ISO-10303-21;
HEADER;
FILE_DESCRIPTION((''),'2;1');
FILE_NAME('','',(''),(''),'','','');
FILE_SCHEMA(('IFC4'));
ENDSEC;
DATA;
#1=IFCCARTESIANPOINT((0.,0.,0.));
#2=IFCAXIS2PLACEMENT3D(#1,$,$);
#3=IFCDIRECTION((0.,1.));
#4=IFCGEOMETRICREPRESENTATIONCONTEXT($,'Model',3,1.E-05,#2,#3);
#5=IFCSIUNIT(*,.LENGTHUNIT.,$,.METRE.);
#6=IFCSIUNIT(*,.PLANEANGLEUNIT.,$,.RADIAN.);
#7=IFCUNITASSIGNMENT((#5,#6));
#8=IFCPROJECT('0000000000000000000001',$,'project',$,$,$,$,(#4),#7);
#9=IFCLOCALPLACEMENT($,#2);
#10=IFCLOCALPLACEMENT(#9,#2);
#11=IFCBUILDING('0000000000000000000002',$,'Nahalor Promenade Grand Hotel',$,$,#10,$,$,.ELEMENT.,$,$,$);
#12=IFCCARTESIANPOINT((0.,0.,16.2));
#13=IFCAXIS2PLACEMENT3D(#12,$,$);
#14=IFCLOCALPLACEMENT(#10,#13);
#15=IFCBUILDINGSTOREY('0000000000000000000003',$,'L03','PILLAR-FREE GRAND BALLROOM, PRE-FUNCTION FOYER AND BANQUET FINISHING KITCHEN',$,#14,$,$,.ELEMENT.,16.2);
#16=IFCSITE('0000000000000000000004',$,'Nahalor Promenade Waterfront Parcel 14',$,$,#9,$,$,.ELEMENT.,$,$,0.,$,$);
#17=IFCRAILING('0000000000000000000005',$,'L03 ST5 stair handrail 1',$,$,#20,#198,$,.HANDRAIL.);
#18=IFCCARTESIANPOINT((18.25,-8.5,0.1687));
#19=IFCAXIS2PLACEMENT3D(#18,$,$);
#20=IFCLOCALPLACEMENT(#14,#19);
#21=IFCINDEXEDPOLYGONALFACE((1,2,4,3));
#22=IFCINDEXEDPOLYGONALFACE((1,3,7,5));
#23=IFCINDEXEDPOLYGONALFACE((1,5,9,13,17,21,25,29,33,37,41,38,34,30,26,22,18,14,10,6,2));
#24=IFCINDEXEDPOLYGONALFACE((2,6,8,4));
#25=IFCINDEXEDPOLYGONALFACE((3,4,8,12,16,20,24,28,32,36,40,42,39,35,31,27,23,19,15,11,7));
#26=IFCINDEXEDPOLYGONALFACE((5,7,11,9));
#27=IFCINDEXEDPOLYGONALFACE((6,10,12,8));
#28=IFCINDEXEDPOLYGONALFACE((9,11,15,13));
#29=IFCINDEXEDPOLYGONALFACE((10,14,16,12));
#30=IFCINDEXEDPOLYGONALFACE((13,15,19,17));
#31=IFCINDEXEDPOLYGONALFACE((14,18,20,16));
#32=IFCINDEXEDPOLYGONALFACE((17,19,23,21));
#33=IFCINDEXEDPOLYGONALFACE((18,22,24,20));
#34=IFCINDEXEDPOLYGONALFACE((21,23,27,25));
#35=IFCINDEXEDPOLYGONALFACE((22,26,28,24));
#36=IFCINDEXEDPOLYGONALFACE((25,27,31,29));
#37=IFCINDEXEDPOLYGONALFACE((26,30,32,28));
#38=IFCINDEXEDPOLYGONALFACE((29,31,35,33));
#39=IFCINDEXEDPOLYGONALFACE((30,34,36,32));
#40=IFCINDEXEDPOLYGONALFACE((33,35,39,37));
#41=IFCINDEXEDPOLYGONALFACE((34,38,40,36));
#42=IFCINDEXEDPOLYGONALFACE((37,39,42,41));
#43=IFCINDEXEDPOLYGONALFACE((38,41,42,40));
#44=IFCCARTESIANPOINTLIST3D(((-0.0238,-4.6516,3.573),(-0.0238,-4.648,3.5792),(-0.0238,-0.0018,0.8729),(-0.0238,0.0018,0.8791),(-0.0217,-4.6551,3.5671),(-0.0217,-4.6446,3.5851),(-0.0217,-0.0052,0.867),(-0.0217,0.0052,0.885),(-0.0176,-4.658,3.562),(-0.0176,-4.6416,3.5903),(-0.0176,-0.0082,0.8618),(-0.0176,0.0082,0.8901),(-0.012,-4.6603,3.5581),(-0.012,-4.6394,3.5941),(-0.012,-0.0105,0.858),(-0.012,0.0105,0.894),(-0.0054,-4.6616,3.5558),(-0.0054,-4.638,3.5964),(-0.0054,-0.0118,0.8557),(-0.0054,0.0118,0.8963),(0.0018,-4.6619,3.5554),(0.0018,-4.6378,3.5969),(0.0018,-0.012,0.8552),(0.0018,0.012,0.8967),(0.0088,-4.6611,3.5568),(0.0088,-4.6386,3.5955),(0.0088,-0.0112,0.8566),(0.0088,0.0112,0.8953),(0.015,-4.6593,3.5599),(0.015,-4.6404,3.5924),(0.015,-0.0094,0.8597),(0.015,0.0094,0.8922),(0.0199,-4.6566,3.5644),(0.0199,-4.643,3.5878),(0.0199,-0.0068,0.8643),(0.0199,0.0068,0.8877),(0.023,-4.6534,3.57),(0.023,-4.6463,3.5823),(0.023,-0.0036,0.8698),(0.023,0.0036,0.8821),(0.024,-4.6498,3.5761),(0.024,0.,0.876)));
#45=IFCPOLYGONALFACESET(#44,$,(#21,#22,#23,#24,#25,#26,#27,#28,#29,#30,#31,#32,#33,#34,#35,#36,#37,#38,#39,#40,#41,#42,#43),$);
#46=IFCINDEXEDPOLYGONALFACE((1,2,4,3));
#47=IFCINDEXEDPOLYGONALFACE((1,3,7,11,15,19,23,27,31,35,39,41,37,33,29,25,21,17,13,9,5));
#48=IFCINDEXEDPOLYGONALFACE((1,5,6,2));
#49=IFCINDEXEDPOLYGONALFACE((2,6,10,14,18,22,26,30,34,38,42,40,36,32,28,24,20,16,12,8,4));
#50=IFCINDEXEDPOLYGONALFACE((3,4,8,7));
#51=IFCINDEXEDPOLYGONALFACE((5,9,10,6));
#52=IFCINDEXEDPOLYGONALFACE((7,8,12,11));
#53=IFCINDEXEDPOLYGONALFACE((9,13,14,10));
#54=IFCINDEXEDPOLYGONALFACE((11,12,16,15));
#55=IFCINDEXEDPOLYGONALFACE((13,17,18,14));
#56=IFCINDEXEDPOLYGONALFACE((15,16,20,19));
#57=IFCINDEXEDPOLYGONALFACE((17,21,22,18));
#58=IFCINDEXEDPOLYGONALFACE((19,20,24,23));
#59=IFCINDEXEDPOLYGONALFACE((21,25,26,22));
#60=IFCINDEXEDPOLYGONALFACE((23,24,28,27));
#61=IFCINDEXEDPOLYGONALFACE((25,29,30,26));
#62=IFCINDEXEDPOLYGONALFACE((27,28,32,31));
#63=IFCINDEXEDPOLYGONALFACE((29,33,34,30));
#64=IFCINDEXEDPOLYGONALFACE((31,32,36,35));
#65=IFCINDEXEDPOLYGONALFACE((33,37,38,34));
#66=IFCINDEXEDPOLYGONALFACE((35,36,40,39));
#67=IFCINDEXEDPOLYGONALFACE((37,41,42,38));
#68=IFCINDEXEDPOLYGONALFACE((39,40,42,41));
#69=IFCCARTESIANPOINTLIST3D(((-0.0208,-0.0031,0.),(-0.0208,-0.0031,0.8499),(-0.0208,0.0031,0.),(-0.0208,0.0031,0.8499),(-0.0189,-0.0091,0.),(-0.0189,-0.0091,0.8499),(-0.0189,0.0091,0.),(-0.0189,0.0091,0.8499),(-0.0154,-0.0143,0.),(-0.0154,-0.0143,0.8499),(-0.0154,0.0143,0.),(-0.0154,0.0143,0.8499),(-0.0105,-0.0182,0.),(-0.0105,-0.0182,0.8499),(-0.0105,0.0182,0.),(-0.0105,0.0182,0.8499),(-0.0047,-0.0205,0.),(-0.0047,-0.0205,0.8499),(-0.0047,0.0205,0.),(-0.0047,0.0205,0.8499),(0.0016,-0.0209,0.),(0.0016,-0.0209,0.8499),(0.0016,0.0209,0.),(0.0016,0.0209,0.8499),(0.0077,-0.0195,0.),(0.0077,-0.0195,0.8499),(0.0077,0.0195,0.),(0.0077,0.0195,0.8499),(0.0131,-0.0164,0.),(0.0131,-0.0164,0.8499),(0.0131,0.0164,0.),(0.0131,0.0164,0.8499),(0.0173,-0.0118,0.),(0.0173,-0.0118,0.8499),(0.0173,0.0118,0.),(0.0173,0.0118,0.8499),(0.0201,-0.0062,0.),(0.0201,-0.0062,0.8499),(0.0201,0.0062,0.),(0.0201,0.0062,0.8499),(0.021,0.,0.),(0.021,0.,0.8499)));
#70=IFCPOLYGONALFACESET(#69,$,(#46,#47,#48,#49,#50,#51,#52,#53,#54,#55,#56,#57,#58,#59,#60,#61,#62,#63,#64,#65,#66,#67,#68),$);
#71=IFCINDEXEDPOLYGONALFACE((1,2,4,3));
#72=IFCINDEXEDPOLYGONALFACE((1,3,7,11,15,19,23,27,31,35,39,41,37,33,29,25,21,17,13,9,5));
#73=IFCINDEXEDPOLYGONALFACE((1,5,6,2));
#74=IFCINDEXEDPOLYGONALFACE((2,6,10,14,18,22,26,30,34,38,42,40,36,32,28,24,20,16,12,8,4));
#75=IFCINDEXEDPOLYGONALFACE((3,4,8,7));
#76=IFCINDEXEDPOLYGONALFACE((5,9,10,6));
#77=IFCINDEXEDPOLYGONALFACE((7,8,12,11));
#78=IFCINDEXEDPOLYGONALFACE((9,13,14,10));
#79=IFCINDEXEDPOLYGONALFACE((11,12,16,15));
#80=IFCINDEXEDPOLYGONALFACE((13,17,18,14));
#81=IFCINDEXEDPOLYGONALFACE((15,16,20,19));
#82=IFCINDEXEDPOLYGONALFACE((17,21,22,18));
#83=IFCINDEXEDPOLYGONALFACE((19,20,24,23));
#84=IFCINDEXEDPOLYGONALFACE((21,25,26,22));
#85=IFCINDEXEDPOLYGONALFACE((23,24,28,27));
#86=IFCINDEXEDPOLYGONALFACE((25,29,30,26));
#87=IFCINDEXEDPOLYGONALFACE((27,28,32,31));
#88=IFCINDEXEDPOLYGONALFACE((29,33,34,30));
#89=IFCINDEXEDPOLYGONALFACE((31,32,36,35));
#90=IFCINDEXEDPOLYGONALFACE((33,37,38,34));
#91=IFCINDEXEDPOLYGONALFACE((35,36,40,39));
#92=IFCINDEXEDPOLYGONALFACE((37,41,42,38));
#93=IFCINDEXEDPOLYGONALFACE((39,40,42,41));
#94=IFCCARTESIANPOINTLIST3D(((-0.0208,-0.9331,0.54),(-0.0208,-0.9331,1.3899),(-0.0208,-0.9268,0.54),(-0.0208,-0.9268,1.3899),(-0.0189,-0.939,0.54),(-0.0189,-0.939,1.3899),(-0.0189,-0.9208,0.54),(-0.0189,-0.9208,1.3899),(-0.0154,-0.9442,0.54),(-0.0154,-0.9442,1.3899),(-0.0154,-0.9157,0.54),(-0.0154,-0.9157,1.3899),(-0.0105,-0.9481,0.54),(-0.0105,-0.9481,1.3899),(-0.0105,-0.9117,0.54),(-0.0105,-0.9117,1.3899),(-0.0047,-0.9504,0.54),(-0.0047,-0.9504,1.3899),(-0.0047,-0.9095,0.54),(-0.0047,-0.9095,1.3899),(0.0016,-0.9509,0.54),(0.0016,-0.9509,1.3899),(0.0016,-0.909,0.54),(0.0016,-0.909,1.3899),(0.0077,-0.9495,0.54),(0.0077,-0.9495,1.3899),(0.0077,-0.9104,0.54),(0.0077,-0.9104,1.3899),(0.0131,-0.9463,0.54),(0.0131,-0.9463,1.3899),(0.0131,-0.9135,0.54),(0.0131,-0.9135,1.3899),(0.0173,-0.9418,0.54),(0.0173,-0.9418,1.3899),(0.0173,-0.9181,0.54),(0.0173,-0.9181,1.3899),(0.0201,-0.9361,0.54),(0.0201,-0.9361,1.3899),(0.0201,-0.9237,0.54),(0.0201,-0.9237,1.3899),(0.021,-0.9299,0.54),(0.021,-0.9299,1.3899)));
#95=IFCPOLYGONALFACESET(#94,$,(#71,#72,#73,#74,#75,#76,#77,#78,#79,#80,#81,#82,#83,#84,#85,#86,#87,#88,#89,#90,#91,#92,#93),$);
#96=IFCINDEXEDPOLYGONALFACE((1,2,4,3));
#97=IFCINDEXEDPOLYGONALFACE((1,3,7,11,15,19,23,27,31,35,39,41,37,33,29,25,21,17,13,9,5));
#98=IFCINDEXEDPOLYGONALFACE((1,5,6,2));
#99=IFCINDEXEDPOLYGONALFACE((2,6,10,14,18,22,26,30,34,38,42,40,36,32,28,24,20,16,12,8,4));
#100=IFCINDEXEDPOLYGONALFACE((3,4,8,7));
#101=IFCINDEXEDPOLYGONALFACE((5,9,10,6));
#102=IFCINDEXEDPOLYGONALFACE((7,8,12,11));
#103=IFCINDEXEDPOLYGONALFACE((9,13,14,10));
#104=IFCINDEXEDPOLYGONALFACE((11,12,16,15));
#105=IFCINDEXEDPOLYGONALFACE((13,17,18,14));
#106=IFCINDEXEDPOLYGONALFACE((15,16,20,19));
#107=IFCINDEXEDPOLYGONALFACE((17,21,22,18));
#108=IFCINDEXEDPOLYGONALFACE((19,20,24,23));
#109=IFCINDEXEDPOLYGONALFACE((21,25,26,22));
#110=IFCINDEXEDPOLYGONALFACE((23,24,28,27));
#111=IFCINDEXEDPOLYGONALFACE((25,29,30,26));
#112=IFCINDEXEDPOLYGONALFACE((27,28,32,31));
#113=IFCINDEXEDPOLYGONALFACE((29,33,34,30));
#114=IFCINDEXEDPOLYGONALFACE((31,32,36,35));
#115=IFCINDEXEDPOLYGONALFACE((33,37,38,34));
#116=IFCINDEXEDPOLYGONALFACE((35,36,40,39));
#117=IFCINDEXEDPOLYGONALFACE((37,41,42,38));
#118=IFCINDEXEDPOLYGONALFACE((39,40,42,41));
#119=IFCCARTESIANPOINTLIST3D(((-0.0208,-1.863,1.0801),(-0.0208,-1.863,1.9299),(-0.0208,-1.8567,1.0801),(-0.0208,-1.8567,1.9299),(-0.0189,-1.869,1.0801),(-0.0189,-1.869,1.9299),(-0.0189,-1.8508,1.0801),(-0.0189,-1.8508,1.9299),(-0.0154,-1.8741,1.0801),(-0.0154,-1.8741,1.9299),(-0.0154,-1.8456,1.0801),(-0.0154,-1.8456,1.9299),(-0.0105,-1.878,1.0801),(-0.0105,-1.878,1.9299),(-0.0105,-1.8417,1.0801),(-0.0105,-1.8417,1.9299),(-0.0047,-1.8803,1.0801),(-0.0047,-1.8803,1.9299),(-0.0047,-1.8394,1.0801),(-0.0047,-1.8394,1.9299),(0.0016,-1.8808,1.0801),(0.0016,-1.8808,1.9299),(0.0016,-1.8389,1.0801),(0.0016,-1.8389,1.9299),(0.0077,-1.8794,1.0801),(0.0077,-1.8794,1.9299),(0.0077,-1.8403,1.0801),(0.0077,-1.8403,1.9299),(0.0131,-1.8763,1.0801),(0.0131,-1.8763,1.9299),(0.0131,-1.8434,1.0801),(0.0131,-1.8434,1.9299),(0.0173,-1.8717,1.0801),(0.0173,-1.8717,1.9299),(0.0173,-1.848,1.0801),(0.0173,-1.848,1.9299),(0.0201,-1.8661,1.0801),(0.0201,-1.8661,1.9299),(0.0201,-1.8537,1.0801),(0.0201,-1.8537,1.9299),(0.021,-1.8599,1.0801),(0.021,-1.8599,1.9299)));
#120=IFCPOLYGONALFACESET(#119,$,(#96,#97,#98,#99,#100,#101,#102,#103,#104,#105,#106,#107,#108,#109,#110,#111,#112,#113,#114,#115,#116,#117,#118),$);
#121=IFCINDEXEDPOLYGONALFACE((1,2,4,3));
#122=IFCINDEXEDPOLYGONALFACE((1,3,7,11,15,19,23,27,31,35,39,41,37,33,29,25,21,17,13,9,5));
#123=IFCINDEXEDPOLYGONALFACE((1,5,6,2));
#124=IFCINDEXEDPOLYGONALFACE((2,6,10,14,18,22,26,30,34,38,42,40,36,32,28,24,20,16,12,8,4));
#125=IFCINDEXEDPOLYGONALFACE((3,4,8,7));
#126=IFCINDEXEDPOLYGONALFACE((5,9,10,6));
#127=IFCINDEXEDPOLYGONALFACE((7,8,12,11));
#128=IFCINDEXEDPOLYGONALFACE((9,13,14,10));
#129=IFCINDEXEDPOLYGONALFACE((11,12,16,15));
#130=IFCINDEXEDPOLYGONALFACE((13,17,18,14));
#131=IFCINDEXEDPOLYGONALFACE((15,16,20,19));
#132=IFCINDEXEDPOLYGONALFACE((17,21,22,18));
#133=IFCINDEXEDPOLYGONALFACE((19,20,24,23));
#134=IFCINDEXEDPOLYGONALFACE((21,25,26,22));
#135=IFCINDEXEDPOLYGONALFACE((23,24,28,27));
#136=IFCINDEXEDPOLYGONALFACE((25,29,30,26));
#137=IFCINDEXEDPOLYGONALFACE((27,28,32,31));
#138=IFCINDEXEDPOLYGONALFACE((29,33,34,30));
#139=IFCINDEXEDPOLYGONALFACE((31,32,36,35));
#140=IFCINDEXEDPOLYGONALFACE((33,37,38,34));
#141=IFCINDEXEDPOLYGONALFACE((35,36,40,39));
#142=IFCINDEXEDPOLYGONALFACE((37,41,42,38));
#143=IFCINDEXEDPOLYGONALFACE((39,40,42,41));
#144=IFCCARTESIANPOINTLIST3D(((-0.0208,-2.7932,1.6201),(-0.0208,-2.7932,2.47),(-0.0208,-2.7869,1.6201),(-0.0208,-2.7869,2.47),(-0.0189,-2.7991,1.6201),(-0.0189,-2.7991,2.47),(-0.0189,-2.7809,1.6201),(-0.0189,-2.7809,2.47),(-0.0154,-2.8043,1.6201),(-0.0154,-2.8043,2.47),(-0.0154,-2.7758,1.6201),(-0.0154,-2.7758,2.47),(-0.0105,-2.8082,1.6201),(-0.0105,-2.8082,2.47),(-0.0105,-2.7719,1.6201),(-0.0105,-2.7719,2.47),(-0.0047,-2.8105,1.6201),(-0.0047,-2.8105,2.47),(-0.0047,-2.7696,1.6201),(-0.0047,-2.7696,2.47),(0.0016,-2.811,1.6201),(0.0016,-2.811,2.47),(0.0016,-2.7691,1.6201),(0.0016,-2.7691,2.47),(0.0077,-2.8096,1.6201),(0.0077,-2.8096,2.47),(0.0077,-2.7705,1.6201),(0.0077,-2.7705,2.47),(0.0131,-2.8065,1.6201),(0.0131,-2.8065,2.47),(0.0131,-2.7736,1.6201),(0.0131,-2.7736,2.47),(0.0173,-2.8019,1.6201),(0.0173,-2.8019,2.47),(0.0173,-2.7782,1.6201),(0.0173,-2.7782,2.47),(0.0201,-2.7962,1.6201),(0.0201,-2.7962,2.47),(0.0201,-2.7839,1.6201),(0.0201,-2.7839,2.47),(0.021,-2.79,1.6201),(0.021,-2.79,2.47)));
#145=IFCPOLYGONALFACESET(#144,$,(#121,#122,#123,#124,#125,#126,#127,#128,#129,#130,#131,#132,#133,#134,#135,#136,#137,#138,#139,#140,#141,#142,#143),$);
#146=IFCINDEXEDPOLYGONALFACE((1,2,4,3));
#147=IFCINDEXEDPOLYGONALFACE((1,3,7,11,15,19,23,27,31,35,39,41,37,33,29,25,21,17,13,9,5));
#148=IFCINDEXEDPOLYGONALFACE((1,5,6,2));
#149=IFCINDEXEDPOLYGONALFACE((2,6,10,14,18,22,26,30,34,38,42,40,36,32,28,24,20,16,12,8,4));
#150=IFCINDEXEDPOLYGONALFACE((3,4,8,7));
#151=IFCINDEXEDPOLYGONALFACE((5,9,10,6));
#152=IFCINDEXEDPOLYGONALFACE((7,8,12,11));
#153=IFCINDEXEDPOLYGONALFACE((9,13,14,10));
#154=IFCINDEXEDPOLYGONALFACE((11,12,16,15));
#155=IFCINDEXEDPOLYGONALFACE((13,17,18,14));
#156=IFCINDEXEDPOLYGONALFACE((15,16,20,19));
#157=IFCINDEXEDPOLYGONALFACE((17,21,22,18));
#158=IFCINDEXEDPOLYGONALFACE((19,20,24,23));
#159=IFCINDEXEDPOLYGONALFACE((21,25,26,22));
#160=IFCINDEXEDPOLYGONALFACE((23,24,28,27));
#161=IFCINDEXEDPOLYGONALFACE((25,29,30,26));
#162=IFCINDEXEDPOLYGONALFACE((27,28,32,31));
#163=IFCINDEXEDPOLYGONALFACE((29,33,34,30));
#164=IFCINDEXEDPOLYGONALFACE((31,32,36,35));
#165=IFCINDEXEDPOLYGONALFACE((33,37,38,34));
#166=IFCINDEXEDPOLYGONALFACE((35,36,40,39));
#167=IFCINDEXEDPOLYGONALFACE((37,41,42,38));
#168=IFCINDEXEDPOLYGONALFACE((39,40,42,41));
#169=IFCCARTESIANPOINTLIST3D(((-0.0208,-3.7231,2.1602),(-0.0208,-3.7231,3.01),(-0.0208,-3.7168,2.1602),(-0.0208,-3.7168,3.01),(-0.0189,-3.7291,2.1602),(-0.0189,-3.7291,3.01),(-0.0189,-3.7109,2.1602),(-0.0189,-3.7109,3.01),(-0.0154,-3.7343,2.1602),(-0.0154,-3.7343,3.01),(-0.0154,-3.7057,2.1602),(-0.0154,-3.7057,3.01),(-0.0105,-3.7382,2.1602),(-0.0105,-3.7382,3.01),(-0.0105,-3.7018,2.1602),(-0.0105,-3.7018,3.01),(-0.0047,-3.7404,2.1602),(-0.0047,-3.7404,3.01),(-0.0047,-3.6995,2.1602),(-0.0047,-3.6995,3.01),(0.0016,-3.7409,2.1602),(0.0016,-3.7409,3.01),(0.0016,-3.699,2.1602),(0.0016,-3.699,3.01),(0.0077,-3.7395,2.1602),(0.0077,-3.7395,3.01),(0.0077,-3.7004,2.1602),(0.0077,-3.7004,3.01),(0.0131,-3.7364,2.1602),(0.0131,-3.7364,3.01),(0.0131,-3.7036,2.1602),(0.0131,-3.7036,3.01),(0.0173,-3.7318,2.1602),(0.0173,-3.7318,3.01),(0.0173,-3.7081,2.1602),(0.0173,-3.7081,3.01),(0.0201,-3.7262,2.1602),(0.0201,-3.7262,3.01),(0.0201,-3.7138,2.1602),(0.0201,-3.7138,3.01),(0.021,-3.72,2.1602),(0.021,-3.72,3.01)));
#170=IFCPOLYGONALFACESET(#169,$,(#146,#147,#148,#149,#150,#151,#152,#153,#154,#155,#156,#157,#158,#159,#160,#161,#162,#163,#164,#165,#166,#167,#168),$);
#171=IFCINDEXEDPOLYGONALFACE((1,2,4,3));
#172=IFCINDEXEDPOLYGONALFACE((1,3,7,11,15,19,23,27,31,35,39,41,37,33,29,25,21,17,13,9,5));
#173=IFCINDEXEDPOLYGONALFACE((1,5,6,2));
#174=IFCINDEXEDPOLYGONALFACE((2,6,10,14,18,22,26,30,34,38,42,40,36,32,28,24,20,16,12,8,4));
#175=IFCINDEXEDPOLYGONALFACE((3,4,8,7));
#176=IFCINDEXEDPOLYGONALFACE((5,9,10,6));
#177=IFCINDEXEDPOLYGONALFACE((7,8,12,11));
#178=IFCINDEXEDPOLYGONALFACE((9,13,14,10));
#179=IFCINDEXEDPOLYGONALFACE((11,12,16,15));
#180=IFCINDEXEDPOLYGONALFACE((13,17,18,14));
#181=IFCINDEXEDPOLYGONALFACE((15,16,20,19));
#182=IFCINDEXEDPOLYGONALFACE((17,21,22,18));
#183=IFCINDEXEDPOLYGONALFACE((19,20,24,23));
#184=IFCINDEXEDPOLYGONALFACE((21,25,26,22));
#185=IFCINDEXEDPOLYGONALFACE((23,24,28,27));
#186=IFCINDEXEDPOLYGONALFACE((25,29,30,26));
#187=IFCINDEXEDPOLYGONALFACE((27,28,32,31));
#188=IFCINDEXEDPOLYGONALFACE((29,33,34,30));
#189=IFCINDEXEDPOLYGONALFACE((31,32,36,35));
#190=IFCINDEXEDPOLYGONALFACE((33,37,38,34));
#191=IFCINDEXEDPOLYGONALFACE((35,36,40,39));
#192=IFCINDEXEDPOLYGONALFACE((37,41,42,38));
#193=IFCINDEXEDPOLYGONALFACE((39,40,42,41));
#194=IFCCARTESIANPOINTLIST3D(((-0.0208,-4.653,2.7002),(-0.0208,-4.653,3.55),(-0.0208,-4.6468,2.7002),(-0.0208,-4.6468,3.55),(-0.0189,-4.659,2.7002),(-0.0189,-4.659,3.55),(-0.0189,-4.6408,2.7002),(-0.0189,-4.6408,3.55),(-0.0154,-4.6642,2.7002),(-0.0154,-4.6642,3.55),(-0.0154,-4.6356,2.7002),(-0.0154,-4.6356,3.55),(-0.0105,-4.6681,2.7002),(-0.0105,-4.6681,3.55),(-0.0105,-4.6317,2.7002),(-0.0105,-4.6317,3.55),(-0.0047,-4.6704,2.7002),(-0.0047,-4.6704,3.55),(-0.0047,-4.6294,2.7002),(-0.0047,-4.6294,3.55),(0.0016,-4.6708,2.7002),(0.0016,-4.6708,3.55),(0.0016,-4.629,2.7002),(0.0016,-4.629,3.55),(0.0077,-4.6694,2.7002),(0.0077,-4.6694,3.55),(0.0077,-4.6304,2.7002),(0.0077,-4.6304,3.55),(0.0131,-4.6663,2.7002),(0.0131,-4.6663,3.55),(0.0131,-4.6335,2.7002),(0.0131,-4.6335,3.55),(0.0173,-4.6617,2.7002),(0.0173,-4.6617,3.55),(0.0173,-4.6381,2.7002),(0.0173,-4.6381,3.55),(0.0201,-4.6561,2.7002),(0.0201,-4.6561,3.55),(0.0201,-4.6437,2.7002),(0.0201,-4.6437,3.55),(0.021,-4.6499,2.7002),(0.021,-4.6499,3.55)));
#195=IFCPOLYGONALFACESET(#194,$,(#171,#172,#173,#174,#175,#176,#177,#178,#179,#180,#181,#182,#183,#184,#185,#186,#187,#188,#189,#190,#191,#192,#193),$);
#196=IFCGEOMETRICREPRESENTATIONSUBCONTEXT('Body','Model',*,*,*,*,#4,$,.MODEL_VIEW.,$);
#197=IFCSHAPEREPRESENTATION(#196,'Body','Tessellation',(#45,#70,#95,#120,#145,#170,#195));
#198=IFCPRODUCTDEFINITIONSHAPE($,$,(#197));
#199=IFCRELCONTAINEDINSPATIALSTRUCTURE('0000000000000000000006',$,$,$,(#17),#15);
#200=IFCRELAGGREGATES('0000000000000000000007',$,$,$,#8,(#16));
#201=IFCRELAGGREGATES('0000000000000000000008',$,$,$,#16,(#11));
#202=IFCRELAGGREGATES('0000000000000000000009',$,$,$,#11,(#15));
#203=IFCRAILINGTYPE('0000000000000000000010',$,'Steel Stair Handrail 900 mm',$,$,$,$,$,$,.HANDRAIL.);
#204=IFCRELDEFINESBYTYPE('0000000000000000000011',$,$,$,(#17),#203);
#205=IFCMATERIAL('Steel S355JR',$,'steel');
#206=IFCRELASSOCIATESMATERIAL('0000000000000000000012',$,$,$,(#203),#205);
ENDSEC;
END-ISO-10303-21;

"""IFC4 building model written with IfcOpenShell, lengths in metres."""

from ifc_helpers import new_model, si_unit, direction, frame, origin, origin_2d, place, context, subcontext, project, spatial, circle, extrude, material, type_object, element, save


model = new_model("IFC4")

# Units and contexts
model_context = context("Model", 3, precision=1e-05, world=origin(), true_north=direction((0.0, 1.0)))
body_context = subcontext(model_context, "Body", "Model", "MODEL_VIEW")
ifc_project = project(units=[si_unit("LENGTHUNIT", "METRE"), si_unit("PLANEANGLEUNIT", "RADIAN")], contexts=[model_context])

# Site, building, storey
site_placement = place(None, origin())
site = spatial("IfcSite", under=ifc_project, at=site_placement, Name="Nahalor Promenade Waterfront Parcel 14", CompositionType="ELEMENT", RefElevation=0.0)
building_placement = place(site_placement, origin())
building = spatial("IfcBuilding", under=site, at=building_placement, Name="Nahalor Promenade Grand Hotel", CompositionType="ELEMENT")
storey_placement = place(building_placement, frame((0.0, 0.0, 16.2)))
storey = spatial("IfcBuildingStorey", under=building, at=storey_placement, Name="L03", Description="PILLAR-FREE GRAND BALLROOM, PRE-FUNCTION FOYER AND BANQUET FINISHING KITCHEN", CompositionType="ELEMENT", Elevation=16.2)

# Shared definitions
ifc_material_1 = material(Name="Steel S355JR", Category="steel")

# Railing
railing_type_1 = type_object("IfcRailingType", Name="Steel Stair Handrail 900 mm", PredefinedType="HANDRAIL", material=ifc_material_1)
railing_1_placement = place(storey_placement, frame((18.25, -8.5, 0.1687)))
element("IfcRailing", 1, at=railing_1_placement, inside=storey, type_object=railing_type_1, Name="L03 ST5 stair handrail 1", PredefinedType="HANDRAIL", context=body_context, shape_type="SweptSolid", body=[
    extrude(circle(Radius=0.024, at=origin_2d()), frame((0.0, 0.0, 0.876), z_axis=(0.0, -0.864769, 0.502171), x_axis=(1.0, 0.0, 0.0)), (0.0, 0.0, 1.0), 5.377),
    extrude(circle(Radius=0.021, at=origin_2d()), origin(), (0.0, 0.0, 1.0), 0.8499),
    extrude(circle(Radius=0.021, at=origin_2d()), frame((0.0, -0.9299, 0.54)), (0.0, 0.0, 1.0), 0.8499),
    extrude(circle(Radius=0.021, at=origin_2d()), frame((0.0, -1.8599, 1.0801)), (0.0, 0.0, 1.0), 0.8499),
    extrude(circle(Radius=0.021, at=origin_2d()), frame((0.0, -2.79, 1.6201)), (0.0, 0.0, 1.0), 0.8499),
    extrude(circle(Radius=0.021, at=origin_2d()), frame((0.0, -3.72, 2.1602)), (0.0, 0.0, 1.0), 0.8499),
    extrude(circle(Radius=0.021, at=origin_2d()), frame((0.0, -4.6499, 2.7002)), (0.0, 0.0, 1.0), 0.8499),
])

save(model, "model.ifc")
